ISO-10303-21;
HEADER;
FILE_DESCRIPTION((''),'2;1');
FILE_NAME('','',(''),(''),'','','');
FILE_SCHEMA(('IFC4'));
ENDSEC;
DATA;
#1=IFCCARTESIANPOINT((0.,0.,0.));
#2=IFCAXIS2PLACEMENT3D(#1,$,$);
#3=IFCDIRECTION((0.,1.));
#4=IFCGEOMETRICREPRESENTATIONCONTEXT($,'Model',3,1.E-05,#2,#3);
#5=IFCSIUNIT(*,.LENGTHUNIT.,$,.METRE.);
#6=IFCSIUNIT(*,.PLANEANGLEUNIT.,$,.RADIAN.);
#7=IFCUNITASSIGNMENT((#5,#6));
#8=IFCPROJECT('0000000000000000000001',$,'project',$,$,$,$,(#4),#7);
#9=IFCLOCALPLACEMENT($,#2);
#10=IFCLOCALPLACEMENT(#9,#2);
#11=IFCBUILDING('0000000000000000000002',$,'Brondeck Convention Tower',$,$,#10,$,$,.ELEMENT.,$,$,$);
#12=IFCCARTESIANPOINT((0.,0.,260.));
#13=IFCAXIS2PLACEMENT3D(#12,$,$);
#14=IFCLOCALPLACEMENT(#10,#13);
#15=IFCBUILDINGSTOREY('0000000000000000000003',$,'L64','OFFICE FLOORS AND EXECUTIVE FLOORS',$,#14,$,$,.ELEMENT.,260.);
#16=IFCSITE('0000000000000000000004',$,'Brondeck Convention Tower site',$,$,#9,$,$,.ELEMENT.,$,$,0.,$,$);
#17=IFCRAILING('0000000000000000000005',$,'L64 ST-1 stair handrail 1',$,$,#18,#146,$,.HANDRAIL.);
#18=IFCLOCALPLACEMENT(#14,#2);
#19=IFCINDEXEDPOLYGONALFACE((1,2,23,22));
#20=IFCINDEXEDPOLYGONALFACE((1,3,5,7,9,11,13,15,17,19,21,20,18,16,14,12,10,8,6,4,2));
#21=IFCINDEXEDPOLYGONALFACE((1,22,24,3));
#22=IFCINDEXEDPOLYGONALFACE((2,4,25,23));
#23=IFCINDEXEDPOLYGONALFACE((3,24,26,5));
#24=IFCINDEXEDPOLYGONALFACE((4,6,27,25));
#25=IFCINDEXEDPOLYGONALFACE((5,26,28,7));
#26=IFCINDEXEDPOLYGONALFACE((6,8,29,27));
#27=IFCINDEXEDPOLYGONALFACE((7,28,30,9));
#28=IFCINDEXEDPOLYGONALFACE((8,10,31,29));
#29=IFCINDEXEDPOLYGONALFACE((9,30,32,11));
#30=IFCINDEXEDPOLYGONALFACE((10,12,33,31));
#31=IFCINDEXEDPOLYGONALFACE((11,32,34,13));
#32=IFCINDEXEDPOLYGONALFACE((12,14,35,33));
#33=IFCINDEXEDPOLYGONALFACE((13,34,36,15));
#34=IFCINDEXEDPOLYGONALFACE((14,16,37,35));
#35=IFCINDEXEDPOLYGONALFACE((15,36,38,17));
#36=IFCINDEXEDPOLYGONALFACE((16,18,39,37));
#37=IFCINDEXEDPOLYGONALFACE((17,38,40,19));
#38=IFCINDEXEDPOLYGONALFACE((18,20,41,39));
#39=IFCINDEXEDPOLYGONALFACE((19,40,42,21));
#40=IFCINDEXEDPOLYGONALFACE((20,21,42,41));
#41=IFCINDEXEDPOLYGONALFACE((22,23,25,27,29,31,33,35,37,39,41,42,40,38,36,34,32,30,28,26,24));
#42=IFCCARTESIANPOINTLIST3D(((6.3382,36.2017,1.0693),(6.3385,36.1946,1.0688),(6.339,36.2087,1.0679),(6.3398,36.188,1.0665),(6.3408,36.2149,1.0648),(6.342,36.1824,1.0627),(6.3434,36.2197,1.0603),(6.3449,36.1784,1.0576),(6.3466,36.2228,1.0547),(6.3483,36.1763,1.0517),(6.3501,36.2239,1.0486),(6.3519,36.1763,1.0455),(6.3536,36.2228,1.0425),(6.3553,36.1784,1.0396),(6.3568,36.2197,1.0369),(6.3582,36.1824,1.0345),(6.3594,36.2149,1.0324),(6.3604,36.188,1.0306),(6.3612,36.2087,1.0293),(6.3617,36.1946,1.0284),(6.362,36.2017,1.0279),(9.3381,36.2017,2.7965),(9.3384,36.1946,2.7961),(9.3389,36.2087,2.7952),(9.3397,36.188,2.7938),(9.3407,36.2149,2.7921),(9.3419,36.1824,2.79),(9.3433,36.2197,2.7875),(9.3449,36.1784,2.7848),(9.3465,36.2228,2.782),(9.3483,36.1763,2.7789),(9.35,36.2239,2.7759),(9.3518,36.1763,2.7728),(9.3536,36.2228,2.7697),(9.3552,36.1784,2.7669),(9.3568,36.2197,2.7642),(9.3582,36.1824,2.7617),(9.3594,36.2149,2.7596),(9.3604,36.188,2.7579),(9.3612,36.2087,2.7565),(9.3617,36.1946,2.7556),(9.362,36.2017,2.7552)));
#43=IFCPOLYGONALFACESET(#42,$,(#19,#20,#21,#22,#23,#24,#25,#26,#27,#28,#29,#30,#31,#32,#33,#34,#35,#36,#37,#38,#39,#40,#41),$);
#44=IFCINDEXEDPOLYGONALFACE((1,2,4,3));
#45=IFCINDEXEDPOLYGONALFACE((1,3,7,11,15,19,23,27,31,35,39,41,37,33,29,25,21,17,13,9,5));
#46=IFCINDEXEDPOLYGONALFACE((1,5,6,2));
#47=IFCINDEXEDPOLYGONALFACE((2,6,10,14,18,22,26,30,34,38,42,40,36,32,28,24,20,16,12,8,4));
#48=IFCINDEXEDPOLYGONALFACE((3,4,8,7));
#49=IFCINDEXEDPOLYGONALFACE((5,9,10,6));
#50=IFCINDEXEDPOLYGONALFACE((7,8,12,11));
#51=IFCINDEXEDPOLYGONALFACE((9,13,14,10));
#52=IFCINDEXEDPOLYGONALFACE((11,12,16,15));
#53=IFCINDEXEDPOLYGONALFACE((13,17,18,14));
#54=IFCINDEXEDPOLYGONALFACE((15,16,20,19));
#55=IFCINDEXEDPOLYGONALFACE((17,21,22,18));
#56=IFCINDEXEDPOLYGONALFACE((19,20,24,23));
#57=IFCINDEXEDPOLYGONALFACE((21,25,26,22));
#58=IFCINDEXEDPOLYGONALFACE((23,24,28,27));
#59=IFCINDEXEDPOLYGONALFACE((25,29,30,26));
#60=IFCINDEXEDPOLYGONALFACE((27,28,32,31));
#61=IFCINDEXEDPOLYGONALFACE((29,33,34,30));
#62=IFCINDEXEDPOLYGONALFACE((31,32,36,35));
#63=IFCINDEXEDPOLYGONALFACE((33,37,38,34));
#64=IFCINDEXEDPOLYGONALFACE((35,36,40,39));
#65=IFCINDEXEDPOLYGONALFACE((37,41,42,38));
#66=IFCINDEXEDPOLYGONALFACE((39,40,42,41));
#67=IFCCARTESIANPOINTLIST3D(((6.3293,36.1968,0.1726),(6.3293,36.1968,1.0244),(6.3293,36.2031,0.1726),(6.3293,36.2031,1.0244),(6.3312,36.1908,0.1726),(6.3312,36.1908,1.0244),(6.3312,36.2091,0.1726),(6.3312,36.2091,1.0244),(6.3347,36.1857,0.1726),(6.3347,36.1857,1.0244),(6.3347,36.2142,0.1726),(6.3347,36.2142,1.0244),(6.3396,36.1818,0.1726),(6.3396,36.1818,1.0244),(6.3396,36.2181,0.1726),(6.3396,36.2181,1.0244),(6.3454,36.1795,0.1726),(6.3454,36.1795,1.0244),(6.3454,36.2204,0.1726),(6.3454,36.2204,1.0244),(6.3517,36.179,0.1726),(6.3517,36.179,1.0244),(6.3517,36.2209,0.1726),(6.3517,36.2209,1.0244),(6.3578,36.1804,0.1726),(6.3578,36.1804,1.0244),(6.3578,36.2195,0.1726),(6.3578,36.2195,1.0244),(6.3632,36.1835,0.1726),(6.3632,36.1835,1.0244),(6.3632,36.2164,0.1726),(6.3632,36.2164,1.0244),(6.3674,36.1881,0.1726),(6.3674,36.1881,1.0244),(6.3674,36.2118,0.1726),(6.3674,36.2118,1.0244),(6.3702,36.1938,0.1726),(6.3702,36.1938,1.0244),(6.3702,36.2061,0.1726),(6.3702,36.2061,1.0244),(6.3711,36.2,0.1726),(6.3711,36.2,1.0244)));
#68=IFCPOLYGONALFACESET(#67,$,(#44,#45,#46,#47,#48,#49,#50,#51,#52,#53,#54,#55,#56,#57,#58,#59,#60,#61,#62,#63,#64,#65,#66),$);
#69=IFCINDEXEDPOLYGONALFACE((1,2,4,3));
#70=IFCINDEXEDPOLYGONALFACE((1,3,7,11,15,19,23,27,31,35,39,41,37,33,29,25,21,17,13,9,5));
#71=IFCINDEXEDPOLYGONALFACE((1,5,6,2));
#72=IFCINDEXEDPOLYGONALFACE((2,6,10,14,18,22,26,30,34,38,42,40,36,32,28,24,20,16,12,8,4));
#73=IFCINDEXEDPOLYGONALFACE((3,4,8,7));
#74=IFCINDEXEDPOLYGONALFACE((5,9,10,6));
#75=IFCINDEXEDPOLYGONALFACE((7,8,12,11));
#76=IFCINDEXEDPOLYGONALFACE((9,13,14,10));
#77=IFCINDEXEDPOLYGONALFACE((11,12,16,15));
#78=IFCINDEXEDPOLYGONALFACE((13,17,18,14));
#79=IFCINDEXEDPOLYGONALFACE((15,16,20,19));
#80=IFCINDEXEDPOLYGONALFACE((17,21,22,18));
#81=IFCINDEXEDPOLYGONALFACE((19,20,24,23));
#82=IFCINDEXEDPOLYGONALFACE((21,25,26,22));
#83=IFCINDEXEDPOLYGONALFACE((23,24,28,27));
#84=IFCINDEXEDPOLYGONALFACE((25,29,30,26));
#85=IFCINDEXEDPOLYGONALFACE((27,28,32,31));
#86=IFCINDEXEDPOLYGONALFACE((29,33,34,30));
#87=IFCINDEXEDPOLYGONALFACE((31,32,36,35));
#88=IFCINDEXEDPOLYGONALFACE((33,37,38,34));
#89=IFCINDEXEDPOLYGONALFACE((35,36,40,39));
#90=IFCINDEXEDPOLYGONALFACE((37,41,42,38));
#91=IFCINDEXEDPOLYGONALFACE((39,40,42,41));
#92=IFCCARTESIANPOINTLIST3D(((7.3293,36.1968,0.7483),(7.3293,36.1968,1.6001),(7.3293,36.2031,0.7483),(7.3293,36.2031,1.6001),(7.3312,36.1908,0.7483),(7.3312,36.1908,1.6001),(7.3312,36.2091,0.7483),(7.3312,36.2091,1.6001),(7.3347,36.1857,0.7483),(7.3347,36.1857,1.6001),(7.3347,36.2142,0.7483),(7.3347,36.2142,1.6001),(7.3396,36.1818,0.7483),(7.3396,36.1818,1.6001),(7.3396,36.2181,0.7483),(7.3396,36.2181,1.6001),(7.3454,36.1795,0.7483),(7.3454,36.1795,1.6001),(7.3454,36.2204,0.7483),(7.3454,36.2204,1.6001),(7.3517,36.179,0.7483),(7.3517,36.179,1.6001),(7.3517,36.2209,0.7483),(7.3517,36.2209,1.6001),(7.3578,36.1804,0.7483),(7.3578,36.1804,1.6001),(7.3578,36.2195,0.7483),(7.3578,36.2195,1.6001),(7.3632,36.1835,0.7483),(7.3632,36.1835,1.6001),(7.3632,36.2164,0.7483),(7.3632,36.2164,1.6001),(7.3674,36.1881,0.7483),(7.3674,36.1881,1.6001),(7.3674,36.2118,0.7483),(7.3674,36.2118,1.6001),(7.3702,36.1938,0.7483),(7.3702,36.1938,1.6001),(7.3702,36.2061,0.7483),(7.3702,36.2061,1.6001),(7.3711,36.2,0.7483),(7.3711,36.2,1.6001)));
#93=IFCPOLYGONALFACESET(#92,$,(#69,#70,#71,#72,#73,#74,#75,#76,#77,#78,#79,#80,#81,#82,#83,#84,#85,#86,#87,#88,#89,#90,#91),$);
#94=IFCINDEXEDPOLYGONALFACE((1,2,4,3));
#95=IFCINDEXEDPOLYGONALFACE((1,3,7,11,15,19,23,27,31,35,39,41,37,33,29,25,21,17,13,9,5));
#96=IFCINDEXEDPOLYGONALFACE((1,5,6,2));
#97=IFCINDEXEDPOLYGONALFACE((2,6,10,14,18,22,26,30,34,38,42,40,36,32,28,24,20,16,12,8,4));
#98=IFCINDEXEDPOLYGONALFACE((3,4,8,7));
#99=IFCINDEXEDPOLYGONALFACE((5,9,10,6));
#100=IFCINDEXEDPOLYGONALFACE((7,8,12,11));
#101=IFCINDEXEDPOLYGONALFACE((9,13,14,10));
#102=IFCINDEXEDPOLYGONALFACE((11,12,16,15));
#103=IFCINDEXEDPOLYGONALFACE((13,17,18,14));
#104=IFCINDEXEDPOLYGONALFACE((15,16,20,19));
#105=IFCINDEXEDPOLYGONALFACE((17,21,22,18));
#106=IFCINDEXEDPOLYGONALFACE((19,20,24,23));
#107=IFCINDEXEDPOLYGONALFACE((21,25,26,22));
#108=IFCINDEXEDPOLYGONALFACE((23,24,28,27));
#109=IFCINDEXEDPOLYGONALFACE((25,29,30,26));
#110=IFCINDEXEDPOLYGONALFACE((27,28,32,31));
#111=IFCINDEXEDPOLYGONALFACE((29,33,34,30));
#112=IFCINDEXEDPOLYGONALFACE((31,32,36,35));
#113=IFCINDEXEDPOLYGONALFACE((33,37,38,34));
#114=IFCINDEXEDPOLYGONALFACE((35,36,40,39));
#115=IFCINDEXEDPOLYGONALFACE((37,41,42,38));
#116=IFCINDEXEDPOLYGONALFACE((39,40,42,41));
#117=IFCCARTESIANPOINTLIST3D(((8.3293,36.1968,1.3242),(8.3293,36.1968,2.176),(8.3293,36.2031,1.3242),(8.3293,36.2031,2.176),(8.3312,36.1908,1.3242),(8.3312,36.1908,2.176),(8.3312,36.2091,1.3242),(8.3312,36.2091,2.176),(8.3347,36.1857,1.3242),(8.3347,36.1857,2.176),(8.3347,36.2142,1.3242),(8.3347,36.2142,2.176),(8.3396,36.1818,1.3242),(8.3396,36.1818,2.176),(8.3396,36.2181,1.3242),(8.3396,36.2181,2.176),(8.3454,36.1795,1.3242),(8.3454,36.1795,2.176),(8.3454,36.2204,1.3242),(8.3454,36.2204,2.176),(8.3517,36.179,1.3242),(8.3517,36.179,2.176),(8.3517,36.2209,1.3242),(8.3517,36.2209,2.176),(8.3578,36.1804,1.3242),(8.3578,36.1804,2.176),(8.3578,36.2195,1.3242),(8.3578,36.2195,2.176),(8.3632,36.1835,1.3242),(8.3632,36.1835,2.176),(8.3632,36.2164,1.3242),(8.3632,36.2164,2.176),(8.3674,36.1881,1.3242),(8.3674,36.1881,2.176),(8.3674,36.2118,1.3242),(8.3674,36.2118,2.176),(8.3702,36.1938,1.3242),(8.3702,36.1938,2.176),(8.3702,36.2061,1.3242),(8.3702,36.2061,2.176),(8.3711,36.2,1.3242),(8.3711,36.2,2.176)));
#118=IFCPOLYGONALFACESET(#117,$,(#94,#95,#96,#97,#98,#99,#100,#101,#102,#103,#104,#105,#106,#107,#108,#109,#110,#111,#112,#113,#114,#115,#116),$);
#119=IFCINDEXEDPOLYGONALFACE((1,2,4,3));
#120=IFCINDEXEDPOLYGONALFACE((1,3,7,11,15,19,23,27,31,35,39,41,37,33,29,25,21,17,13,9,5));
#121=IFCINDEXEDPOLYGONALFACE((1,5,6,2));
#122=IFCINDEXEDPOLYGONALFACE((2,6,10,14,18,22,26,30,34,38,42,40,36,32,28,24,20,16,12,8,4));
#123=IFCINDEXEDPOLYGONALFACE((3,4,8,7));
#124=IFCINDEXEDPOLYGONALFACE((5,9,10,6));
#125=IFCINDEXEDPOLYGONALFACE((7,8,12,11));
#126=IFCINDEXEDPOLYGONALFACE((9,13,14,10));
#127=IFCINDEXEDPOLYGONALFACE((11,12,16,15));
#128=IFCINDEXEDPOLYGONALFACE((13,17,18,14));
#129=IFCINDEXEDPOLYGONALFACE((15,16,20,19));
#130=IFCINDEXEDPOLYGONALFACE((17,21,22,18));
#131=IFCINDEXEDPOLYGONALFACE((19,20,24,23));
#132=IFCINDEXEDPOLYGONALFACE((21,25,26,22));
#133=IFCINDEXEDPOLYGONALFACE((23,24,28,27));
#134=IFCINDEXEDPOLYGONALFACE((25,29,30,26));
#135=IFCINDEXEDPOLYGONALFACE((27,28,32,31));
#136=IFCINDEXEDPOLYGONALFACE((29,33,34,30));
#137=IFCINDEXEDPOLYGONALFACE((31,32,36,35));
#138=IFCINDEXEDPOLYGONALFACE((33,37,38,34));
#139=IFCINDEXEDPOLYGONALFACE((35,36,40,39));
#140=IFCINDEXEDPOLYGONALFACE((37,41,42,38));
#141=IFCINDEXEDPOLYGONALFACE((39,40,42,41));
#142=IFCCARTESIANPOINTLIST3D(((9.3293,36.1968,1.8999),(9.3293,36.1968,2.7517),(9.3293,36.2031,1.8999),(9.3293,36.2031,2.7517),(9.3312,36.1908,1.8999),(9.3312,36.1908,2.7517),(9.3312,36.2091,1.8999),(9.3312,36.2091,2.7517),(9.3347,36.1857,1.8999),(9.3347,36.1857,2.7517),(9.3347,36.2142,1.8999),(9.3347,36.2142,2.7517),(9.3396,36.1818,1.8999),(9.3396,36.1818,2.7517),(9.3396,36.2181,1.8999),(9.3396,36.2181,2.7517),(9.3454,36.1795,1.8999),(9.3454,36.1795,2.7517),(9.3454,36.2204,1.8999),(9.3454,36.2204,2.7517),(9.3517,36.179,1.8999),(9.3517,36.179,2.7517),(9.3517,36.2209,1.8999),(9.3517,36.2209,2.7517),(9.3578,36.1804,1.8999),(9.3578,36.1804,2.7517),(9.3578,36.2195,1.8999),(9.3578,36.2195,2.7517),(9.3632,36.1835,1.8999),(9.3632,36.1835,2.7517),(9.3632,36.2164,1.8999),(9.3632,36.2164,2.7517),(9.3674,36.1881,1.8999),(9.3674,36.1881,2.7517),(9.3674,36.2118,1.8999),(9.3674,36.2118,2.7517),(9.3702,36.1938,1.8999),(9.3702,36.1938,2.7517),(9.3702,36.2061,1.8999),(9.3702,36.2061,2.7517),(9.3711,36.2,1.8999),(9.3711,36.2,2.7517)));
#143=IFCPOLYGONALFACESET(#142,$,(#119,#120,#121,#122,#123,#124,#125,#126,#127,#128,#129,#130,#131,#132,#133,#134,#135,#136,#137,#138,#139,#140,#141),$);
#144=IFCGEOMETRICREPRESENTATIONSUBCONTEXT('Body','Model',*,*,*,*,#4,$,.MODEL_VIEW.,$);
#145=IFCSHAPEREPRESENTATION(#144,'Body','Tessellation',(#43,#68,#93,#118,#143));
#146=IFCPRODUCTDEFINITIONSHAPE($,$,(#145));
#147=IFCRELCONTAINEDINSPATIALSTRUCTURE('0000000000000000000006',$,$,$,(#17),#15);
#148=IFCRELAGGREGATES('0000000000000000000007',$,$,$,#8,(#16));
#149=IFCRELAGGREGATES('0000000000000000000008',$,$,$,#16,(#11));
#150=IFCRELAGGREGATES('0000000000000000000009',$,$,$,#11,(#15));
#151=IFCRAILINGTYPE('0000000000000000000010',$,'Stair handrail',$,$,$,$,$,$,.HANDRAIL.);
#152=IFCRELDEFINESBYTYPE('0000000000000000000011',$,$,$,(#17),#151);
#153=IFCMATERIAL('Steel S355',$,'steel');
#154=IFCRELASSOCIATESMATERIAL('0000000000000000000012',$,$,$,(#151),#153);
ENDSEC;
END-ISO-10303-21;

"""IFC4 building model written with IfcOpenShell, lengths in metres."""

from ifc_helpers import new_model, si_unit, direction, frame, origin, origin_2d, place, context, subcontext, project, spatial, circle, extrude, material, type_object, element, save


model = new_model("IFC4")

# Units and contexts
model_context = context("Model", 3, precision=1e-05, world=origin(), true_north=direction((0.0, 1.0)))
body_context = subcontext(model_context, "Body", "Model", "MODEL_VIEW")
ifc_project = project(units=[si_unit("LENGTHUNIT", "METRE"), si_unit("PLANEANGLEUNIT", "RADIAN")], contexts=[model_context])

# Site, building, storey
site_placement = place(None, origin())
site = spatial("IfcSite", under=ifc_project, at=site_placement, Name="Brondeck Convention Tower site", CompositionType="ELEMENT", RefElevation=0.0)
building_placement = place(site_placement, origin())
building = spatial("IfcBuilding", under=site, at=building_placement, Name="Brondeck Convention Tower", CompositionType="ELEMENT")
storey_placement = place(building_placement, frame((0.0, 0.0, 260.0)))
storey = spatial("IfcBuildingStorey", under=building, at=storey_placement, Name="L64", Description="OFFICE FLOORS AND EXECUTIVE FLOORS", CompositionType="ELEMENT", Elevation=260.0)

# Railing
ifc_material_1 = material(Name="Steel S355", Category="steel")
railing_type_1 = type_object("IfcRailingType", Name="Stair handrail", PredefinedType="HANDRAIL", material=ifc_material_1)
railing_1_placement = place(storey_placement, frame((6.3501, 36.2, 0.1726)))
element("IfcRailing", 1, at=railing_1_placement, inside=storey, type_object=railing_type_1, Name="L64 ST-1 stair handrail 1", PredefinedType="HANDRAIL", context=body_context, shape_type="SweptSolid", body=[
    extrude(circle(Radius=0.0239, at=origin_2d()), frame((0.0, 0.0, 0.876), z_axis=(0.86662, 0.0, 0.498969), x_axis=(0.0, 1.0, 0.0)), (0.0, 0.0, 1.0), 3.4617),
    extrude(circle(Radius=0.021, at=origin_2d()), origin(), (0.0, 0.0, 1.0), 0.8518),
    extrude(circle(Radius=0.021, at=origin_2d()), frame((1.0, 0.0, 0.5757)), (0.0, 0.0, 1.0), 0.8518),
    extrude(circle(Radius=0.021, at=origin_2d()), frame((2.0, 0.0, 1.1516)), (0.0, 0.0, 1.0), 0.8518),
    extrude(circle(Radius=0.021, at=origin_2d()), frame((3.0, 0.0, 1.7273)), (0.0, 0.0, 1.0), 0.8518),
])

save(model, "model.ifc")
